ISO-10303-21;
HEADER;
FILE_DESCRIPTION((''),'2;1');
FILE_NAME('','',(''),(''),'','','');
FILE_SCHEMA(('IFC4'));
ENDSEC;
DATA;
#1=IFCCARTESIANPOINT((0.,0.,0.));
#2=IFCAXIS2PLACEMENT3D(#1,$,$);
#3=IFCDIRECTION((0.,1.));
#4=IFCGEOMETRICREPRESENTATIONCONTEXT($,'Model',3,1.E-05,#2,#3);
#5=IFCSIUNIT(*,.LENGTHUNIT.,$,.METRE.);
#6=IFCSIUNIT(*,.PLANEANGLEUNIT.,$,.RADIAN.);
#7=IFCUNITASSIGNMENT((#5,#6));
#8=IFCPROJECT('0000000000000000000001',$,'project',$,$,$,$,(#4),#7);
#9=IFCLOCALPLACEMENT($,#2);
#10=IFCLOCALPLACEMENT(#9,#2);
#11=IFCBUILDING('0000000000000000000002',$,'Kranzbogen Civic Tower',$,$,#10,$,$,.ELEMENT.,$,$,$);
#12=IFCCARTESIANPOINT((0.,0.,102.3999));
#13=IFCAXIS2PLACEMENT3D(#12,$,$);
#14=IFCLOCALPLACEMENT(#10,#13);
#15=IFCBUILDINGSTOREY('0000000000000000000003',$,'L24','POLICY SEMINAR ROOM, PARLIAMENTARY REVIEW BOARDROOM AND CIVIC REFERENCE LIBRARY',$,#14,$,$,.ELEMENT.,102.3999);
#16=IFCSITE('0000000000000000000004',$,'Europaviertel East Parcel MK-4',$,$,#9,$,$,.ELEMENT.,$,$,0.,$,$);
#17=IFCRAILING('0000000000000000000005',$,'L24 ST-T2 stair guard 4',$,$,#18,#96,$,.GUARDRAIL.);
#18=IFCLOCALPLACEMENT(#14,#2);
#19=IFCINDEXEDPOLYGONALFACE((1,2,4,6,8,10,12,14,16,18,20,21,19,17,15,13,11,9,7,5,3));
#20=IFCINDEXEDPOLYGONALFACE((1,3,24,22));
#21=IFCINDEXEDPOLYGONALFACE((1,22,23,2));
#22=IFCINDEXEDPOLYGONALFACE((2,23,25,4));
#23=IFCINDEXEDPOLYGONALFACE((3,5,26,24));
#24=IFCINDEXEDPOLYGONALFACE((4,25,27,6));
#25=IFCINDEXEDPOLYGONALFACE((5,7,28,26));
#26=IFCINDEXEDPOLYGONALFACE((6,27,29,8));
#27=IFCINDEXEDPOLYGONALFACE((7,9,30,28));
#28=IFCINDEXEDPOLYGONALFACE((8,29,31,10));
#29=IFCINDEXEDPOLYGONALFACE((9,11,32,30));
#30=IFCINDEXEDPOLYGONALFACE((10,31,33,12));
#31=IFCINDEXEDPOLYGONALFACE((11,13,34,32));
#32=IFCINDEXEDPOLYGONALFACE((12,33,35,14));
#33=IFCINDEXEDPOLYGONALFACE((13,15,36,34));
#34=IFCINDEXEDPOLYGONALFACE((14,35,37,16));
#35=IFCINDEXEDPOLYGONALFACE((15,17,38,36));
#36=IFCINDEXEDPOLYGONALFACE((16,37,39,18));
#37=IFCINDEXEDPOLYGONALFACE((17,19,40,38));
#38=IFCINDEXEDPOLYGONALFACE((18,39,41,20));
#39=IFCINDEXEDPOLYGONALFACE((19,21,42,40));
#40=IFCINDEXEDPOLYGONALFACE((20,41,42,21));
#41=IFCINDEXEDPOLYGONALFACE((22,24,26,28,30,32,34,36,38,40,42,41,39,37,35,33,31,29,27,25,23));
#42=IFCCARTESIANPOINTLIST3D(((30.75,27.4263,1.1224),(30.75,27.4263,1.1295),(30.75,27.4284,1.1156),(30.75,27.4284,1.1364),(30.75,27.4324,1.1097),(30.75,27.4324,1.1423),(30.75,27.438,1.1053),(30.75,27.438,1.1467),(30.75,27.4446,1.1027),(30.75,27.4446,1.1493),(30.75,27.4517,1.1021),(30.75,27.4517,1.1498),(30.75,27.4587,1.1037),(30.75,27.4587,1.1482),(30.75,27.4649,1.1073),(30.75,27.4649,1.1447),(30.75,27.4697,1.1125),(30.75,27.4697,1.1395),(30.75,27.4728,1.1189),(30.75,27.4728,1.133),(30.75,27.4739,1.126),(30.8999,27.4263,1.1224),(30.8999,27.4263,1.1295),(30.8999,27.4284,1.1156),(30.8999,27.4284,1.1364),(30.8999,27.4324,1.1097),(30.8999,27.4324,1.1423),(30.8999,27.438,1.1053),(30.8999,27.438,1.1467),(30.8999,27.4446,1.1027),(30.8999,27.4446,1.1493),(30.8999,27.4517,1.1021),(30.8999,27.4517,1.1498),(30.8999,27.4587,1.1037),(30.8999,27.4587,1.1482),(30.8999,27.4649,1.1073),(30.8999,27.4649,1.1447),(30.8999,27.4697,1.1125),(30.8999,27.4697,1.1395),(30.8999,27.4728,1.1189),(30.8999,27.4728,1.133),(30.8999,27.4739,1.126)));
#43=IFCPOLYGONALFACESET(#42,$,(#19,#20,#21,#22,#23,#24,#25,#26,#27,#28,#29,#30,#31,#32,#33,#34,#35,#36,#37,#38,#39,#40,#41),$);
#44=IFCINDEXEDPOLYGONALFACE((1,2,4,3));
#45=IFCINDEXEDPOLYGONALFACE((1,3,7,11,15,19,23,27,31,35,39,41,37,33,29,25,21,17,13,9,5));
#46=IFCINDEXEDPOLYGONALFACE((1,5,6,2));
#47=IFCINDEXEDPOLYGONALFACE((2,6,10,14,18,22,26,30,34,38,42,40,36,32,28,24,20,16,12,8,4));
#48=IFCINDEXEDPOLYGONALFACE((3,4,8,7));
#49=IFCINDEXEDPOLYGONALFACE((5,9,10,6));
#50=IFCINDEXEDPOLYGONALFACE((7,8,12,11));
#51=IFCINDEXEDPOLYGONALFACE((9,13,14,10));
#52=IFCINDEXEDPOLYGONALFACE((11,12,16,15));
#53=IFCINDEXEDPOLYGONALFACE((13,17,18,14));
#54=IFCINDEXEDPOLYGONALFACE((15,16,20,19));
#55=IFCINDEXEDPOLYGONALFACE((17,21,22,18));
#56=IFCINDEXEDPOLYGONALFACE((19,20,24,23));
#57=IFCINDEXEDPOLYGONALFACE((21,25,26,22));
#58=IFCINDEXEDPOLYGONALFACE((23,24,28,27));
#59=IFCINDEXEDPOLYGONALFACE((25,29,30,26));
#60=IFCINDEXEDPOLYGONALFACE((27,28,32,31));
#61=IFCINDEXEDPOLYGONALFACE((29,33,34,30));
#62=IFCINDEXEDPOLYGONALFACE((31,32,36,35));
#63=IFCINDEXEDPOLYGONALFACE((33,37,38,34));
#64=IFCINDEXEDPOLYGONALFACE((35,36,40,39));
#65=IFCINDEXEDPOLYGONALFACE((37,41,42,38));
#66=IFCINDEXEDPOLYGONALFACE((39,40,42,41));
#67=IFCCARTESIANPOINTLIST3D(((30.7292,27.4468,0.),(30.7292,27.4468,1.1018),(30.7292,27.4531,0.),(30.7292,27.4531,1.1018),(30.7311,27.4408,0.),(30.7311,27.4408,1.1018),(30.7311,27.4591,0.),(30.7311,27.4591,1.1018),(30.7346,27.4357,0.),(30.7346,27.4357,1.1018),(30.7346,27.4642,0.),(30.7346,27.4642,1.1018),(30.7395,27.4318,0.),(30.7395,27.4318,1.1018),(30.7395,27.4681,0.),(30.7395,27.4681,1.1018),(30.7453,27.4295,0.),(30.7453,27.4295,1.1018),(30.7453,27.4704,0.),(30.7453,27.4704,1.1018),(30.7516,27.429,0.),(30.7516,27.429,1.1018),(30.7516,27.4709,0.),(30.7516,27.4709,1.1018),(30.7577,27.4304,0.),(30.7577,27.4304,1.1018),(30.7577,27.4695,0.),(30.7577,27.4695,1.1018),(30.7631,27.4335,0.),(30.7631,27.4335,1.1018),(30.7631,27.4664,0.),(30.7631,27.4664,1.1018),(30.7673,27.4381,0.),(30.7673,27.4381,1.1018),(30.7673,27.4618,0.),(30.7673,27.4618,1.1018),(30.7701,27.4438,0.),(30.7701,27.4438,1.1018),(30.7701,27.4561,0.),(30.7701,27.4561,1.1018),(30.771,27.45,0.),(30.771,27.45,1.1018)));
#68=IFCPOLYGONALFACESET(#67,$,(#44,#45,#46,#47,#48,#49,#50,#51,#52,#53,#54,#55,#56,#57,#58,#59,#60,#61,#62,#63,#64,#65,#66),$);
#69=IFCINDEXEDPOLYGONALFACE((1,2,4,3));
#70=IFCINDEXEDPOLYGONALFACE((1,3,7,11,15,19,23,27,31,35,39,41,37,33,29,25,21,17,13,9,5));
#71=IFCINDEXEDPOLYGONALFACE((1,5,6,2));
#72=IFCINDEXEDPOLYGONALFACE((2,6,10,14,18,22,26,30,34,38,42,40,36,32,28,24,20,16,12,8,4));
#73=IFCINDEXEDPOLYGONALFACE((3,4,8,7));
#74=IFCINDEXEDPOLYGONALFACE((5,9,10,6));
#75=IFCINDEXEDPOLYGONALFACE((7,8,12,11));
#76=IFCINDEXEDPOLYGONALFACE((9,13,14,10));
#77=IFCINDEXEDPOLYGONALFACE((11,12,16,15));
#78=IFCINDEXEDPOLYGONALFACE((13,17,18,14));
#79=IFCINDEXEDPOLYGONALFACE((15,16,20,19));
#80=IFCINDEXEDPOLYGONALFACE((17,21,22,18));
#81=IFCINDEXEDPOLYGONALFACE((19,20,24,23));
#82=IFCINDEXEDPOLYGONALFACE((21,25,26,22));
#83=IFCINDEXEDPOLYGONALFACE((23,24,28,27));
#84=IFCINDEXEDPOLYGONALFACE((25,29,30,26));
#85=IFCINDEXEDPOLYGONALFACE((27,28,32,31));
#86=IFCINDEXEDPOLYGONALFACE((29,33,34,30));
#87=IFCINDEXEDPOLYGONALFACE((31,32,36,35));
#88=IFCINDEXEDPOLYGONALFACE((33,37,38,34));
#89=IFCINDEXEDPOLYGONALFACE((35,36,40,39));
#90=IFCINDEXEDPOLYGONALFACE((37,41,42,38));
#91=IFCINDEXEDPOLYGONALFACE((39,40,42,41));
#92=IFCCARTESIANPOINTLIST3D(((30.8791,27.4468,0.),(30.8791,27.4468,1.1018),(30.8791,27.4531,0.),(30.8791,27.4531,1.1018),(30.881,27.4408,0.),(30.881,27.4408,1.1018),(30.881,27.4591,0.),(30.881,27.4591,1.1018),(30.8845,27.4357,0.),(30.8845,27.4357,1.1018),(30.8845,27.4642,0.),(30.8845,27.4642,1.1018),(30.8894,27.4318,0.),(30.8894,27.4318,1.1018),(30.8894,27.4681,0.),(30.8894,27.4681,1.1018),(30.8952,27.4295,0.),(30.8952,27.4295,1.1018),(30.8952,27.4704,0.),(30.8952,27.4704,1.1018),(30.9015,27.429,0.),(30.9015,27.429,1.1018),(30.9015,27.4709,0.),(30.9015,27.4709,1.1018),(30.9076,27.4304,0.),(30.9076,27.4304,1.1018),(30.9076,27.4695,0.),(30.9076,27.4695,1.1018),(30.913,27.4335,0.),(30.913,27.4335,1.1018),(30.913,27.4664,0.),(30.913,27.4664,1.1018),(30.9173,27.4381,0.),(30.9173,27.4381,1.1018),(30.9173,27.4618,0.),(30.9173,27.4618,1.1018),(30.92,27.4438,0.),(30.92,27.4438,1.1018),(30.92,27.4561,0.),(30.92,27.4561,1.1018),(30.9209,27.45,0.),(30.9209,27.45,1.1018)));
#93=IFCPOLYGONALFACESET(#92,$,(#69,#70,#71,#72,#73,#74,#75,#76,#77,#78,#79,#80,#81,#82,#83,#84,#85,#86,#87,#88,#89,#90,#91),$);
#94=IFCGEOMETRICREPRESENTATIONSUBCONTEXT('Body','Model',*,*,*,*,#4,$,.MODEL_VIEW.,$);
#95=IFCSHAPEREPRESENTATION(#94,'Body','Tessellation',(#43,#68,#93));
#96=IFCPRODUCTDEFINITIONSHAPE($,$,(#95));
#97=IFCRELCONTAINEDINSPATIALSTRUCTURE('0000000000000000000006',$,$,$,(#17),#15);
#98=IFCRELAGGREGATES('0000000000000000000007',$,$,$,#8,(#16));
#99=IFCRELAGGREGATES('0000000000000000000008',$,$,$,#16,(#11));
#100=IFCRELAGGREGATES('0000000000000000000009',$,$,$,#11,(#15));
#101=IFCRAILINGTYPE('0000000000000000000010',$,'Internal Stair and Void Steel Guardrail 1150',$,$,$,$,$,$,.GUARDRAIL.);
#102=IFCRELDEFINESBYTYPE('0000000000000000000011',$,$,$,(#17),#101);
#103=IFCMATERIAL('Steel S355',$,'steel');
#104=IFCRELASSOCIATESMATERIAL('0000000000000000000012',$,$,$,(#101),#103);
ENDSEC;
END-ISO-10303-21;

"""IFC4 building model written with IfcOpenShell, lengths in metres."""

from ifc_helpers import new_model, si_unit, direction, frame, origin, origin_2d, place, context, subcontext, project, spatial, circle, extrude, material, type_object, element, save


model = new_model("IFC4")

# Units and contexts
model_context = context("Model", 3, precision=1e-05, world=origin(), true_north=direction((0.0, 1.0)))
body_context = subcontext(model_context, "Body", "Model", "MODEL_VIEW")
ifc_project = project(units=[si_unit("LENGTHUNIT", "METRE"), si_unit("PLANEANGLEUNIT", "RADIAN")], contexts=[model_context])

# Site, building, storey
site_placement = place(None, origin())
site = spatial("IfcSite", under=ifc_project, at=site_placement, Name="Europaviertel East Parcel MK-4", CompositionType="ELEMENT", RefElevation=0.0)
building_placement = place(site_placement, origin())
building = spatial("IfcBuilding", under=site, at=building_placement, Name="Kranzbogen Civic Tower", CompositionType="ELEMENT")
storey_placement = place(building_placement, frame((0.0, 0.0, 102.3999)))
storey = spatial("IfcBuildingStorey", under=building, at=storey_placement, Name="L24", Description="POLICY SEMINAR ROOM, PARLIAMENTARY REVIEW BOARDROOM AND CIVIC REFERENCE LIBRARY", CompositionType="ELEMENT", Elevation=102.3999)

# Shared definitions
ifc_material_1 = material(Name="Steel S355", Category="steel")

# Railing
railing_type_1 = type_object("IfcRailingType", Name="Internal Stair and Void Steel Guardrail 1150", PredefinedType="GUARDRAIL", material=ifc_material_1)
railing_1_placement = place(storey_placement, frame((30.75, 27.45, 0.0)))
element("IfcRailing", 1, at=railing_1_placement, inside=storey, type_object=railing_type_1, Name="L24 ST-T2 stair guard 4", PredefinedType="GUARDRAIL", context=body_context, shape_type="SweptSolid", body=[
    extrude(circle(Radius=0.0239, at=origin_2d()), frame((0.0, 0.0, 1.126), z_axis=(1.0, 0.0, 0.0), x_axis=(0.0, 1.0, 0.0)), (0.0, 0.0, 1.0), 0.1499),
    extrude(circle(Radius=0.021, at=origin_2d()), origin(), (0.0, 0.0, 1.0), 1.1018),
    extrude(circle(Radius=0.021, at=origin_2d()), frame((0.1499, 0.0, 0.0)), (0.0, 0.0, 1.0), 1.1018),
])

save(model, "model.ifc")
